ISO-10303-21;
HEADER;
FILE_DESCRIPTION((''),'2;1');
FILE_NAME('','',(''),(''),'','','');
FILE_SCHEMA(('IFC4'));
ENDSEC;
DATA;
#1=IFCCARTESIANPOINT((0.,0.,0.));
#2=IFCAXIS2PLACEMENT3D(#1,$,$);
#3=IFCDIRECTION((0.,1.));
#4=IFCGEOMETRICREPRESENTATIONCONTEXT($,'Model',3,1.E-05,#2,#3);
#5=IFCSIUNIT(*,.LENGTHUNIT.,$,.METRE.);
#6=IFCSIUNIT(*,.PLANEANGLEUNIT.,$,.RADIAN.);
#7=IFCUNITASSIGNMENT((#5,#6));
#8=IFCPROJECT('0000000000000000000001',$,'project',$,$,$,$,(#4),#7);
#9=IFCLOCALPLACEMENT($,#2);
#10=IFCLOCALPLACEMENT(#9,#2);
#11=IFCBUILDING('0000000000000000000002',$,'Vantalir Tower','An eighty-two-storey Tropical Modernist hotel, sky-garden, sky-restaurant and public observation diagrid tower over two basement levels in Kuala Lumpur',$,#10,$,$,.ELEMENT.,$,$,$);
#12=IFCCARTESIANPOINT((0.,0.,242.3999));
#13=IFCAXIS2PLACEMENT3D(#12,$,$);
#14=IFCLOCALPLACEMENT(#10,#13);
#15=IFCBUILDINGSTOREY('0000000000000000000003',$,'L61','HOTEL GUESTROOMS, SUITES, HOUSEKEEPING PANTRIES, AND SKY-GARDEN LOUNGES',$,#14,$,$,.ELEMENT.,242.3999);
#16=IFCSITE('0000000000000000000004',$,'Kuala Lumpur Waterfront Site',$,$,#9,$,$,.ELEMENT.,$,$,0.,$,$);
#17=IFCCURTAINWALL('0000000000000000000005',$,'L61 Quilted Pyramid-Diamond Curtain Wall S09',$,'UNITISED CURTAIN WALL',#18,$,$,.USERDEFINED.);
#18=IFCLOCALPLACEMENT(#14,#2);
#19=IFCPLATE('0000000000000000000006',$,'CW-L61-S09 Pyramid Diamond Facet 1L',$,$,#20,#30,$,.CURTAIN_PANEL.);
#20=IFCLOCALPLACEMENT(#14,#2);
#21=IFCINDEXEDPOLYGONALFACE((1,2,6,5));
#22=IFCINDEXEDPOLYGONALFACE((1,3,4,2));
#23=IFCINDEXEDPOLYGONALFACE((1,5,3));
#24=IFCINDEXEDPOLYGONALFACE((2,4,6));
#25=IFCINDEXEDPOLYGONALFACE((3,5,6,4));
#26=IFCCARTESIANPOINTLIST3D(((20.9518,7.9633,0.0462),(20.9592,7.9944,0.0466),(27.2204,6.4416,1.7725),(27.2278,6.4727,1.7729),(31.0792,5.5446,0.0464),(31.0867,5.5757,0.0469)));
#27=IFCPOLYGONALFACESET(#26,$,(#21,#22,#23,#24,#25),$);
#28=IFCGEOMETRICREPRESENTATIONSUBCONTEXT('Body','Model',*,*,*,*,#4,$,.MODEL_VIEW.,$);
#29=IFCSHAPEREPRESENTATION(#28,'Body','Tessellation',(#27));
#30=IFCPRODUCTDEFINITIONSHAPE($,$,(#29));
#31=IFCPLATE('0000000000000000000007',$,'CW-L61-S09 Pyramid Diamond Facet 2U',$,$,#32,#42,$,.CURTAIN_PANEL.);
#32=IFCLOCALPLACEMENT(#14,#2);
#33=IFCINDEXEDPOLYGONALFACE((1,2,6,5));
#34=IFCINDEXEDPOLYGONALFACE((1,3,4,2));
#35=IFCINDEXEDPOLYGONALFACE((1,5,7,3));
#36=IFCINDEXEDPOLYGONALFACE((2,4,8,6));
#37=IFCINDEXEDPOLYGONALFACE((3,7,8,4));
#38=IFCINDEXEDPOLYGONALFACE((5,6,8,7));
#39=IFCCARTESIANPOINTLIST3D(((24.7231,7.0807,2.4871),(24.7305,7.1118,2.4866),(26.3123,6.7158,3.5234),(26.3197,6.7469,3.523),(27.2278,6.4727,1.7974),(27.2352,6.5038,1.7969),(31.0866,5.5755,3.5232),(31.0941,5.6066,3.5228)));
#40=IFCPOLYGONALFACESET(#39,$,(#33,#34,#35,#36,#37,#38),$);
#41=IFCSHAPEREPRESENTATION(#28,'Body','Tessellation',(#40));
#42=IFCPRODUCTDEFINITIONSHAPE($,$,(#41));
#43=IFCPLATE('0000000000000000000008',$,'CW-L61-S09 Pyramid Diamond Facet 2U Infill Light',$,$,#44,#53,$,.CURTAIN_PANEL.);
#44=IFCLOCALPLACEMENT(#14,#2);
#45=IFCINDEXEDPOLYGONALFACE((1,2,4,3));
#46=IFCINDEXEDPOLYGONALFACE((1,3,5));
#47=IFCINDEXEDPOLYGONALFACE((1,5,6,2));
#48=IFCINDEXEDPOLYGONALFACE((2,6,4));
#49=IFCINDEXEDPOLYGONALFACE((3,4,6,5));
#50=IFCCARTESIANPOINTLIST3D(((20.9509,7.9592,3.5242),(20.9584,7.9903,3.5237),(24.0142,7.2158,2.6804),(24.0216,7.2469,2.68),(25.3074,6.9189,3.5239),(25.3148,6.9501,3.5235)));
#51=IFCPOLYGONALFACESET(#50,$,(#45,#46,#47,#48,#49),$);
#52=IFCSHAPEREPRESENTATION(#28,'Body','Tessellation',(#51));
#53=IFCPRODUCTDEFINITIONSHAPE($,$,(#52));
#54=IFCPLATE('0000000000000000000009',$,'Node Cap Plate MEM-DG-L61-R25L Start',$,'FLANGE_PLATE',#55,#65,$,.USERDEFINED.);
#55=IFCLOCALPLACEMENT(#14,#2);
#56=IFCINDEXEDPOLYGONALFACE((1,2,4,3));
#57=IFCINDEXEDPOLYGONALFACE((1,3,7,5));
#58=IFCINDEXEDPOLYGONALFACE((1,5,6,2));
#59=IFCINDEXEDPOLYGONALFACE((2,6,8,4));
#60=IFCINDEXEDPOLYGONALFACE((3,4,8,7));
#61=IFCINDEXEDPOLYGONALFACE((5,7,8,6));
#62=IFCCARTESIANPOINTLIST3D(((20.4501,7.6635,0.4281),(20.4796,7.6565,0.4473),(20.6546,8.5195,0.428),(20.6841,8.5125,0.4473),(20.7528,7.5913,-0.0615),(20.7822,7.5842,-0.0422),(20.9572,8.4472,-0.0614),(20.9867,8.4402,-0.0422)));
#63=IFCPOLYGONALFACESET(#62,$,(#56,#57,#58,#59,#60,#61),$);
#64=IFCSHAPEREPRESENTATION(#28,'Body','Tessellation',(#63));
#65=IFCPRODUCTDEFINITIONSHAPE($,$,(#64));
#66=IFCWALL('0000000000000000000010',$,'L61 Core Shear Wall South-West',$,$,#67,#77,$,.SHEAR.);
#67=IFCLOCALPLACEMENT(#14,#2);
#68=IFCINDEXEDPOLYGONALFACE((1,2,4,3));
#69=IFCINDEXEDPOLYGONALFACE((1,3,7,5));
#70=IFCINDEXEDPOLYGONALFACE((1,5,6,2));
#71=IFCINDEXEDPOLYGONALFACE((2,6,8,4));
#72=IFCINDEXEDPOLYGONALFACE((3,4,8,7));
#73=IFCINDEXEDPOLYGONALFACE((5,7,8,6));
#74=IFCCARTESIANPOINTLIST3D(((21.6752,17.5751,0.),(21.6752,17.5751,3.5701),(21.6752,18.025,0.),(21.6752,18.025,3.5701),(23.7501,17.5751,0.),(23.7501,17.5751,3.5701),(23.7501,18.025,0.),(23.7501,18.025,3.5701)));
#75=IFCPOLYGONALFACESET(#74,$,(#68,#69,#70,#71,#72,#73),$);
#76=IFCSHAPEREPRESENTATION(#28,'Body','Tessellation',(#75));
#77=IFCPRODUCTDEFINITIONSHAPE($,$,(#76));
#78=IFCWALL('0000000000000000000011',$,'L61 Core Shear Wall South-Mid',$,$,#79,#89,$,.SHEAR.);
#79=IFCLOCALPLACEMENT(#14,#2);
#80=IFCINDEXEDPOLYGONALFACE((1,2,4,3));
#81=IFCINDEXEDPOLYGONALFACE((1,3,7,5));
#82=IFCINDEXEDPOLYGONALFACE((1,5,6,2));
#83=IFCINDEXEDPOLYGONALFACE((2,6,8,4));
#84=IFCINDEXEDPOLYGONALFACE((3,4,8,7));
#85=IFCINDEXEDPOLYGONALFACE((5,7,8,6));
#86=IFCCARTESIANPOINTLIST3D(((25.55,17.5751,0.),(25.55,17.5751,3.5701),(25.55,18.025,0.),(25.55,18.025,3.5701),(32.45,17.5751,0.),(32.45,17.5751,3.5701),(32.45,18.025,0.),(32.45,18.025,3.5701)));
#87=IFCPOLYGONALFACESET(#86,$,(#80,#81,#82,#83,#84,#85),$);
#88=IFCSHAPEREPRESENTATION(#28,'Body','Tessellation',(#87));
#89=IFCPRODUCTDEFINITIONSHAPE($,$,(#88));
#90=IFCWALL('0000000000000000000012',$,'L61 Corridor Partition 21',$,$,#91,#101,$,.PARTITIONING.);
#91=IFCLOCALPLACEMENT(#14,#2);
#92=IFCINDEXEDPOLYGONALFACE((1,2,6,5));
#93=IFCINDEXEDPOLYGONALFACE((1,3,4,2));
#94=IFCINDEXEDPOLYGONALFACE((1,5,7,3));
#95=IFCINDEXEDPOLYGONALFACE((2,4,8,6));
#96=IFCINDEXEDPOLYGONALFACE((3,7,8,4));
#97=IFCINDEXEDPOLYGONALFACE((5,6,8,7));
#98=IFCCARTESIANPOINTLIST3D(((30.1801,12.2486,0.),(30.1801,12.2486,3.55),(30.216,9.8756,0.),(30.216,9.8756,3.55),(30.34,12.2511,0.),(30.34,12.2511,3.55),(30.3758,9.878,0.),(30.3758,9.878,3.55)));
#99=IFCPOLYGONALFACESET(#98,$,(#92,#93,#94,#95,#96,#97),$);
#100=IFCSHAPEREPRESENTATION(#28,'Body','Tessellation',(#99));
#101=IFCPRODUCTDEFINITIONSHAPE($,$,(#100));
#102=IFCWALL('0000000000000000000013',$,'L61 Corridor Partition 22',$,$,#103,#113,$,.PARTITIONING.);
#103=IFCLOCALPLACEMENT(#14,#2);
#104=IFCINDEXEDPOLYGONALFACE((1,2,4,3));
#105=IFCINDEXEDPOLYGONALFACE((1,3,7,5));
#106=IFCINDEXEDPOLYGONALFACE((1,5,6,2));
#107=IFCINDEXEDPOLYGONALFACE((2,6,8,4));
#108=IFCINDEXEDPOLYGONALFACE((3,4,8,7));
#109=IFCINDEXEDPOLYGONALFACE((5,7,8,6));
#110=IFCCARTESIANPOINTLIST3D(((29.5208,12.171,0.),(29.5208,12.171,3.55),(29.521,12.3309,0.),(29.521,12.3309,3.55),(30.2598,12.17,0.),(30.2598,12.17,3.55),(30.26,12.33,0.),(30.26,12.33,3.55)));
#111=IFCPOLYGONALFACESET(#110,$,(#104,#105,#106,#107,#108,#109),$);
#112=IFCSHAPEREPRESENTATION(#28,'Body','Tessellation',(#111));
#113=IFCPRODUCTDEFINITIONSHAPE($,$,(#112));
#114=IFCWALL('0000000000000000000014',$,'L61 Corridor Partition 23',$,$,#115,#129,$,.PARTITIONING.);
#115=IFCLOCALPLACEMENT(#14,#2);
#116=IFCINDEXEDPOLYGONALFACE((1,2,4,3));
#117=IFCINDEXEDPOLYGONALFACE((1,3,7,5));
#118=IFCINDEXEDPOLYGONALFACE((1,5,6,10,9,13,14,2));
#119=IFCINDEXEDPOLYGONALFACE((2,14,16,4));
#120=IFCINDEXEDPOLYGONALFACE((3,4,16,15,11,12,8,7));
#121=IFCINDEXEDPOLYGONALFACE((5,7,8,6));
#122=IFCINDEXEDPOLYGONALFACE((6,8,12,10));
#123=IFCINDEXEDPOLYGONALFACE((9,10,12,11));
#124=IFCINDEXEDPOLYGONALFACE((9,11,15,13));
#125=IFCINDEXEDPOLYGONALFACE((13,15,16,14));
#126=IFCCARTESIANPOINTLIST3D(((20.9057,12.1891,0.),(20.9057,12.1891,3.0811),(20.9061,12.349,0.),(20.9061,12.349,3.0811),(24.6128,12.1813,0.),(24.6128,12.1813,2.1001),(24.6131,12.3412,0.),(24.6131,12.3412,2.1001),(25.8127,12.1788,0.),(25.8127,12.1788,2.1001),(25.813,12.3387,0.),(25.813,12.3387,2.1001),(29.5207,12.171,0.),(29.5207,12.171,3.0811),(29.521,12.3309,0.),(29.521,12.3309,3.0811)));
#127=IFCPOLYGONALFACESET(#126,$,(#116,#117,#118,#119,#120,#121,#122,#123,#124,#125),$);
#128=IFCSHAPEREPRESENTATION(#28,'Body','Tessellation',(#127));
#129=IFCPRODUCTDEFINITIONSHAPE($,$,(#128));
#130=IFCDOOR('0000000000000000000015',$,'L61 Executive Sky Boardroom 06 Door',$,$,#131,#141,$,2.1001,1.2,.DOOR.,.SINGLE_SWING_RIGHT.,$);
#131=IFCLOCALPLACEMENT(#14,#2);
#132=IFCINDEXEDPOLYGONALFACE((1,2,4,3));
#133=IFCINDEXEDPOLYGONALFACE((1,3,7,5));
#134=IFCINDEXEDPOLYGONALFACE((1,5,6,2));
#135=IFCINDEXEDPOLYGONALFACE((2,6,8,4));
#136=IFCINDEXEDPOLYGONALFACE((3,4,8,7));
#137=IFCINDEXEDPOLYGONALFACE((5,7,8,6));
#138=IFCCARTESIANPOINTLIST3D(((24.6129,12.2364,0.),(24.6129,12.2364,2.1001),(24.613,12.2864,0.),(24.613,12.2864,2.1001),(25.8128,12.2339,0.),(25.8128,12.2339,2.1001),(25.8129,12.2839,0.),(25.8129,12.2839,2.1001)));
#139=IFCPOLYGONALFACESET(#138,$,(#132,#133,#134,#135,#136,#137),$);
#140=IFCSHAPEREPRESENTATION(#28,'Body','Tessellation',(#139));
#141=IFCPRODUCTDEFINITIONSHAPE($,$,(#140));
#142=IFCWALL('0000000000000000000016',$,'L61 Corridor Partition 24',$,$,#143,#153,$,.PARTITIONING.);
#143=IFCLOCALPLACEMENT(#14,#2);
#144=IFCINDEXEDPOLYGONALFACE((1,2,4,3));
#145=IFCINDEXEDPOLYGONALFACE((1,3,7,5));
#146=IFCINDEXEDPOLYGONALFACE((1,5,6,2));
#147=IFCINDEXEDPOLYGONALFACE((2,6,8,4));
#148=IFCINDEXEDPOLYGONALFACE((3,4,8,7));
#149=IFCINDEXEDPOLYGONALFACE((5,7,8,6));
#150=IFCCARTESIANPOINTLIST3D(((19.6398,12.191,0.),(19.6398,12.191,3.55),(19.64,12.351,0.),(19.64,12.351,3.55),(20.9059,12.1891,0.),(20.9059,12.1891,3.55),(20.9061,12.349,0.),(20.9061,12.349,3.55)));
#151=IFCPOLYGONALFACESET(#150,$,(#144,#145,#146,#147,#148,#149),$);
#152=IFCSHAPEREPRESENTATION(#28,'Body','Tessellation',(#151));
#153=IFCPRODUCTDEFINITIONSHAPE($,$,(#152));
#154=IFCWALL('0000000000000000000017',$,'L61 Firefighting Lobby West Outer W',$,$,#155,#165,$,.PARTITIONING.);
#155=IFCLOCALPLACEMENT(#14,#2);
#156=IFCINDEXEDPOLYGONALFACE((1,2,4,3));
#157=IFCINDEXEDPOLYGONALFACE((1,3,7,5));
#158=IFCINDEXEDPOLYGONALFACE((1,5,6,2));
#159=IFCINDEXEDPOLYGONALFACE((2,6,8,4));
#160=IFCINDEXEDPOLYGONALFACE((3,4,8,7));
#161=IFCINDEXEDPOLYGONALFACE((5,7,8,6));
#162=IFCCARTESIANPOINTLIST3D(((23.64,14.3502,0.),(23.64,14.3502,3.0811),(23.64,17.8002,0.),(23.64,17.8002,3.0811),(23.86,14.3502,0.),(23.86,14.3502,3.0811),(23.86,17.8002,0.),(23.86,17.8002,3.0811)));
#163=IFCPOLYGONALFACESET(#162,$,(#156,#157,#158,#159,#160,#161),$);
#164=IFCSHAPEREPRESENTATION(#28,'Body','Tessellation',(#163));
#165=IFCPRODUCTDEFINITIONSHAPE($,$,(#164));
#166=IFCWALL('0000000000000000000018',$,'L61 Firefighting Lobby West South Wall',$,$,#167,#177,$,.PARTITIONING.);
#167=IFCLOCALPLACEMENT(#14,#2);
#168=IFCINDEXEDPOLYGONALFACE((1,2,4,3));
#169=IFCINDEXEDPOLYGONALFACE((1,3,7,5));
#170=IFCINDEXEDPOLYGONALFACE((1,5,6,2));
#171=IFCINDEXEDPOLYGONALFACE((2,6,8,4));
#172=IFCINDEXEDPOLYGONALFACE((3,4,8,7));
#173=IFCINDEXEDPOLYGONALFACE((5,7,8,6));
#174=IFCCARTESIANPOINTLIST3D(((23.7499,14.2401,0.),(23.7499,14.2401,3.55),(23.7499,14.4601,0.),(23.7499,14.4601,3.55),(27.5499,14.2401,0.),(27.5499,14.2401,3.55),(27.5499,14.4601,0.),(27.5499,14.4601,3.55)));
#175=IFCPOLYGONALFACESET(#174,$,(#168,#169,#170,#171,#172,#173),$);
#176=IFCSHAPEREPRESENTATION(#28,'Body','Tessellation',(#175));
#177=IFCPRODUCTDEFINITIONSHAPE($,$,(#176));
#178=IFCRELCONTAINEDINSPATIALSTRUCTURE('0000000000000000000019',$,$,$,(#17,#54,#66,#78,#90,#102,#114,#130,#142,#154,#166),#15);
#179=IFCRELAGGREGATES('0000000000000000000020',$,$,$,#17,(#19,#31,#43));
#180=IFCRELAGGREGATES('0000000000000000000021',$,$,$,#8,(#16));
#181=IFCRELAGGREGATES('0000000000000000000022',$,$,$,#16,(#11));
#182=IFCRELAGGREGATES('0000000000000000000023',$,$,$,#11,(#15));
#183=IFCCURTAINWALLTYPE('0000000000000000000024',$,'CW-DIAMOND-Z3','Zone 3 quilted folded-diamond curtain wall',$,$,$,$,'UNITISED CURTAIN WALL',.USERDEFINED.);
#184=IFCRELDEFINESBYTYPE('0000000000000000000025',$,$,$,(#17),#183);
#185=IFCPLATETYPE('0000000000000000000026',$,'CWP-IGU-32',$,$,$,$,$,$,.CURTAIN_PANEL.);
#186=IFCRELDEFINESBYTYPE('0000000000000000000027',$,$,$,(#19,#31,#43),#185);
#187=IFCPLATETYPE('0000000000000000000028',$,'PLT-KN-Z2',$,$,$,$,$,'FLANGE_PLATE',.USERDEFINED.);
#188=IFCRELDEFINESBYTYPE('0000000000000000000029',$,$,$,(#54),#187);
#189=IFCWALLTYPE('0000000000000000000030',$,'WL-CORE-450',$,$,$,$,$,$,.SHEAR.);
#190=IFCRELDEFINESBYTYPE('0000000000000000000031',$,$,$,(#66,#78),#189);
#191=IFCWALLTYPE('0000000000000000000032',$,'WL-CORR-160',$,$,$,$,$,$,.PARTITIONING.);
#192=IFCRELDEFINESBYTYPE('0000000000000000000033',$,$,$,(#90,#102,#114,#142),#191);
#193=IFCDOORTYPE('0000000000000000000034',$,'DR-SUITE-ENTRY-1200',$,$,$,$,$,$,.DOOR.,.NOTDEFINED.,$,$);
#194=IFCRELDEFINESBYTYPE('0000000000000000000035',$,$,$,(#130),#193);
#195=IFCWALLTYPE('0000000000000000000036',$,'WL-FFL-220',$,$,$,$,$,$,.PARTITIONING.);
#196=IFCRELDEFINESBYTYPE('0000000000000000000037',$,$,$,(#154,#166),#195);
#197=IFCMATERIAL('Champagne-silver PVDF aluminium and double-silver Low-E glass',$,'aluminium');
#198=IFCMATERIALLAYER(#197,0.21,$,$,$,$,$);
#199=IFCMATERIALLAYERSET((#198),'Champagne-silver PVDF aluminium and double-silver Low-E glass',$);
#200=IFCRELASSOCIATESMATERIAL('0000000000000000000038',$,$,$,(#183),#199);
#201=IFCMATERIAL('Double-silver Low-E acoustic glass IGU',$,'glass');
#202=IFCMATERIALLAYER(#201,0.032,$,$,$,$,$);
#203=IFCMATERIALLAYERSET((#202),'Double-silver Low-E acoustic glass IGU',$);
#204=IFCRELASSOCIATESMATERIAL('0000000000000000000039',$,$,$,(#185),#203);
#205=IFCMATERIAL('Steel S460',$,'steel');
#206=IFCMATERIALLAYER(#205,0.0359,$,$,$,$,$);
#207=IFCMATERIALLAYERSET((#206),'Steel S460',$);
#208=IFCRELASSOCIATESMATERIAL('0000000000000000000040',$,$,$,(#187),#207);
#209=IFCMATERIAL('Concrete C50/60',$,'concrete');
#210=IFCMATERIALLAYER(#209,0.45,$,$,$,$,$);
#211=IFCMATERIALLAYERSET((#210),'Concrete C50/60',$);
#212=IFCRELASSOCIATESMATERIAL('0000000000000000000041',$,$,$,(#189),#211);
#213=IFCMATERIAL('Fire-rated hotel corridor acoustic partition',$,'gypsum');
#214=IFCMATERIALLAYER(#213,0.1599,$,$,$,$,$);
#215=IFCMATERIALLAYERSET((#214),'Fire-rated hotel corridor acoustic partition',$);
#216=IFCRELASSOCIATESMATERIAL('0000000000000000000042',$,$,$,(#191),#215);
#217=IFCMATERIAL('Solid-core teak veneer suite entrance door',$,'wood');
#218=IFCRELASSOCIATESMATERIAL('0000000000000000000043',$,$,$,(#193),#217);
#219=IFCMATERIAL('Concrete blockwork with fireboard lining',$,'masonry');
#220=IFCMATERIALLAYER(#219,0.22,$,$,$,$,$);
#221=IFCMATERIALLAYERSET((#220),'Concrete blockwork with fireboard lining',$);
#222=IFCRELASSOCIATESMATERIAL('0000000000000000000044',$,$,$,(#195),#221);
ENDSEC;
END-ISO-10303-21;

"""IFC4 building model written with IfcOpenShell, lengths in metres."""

from ifc_helpers import new_model, si_unit, direction, frame, frame_2d, origin, place, context, subcontext, project, spatial, polyline, rectangle, outline, extrude, material, layer, layer_set, type_object, element, fill, aggregate, save


model = new_model("IFC4")

# Units and contexts
model_context = context("Model", 3, precision=1e-05, world=origin(), true_north=direction((0.0, 1.0)))
body_context = subcontext(model_context, "Body", "Model", "MODEL_VIEW")
ifc_project = project(units=[si_unit("LENGTHUNIT", "METRE"), si_unit("PLANEANGLEUNIT", "RADIAN")], contexts=[model_context])

# Site, building, storey
site_placement = place(None, origin())
site = spatial("IfcSite", under=ifc_project, at=site_placement, Name="Kuala Lumpur Waterfront Site", CompositionType="ELEMENT", RefElevation=0.0)
building_placement = place(site_placement, origin())
building = spatial("IfcBuilding", under=site, at=building_placement, Name="Vantalir Tower", Description="An eighty-two-storey Tropical Modernist hotel, sky-garden, sky-restaurant and public observation diagrid tower over two basement levels in Kuala Lumpur", CompositionType="ELEMENT")
storey_placement = place(building_placement, frame((0.0, 0.0, 242.3999)))
storey = spatial("IfcBuildingStorey", under=building, at=storey_placement, Name="L61", Description="HOTEL GUESTROOMS, SUITES, HOUSEKEEPING PANTRIES, AND SKY-GARDEN LOUNGES", CompositionType="ELEMENT", Elevation=242.3999)

# Shared definitions
ifc_material_1 = material(Name="Concrete C50/60", Category="concrete")

# Shared definitions
ifc_material_2 = material(Name="Steel S460", Category="steel")

# Curtain wall
ifc_material_3 = material(Name="Champagne-silver PVDF aluminium and double-silver Low-E glass", Category="aluminium")
ifc_layer_1 = layer(ifc_material_3, 0.21)
ifc_layer_set_1 = layer_set([ifc_layer_1], Name="Champagne-silver PVDF aluminium and double-silver Low-E glass")
curtain_wall_type = type_object("IfcCurtainWallType", Name="CW-DIAMOND-Z3", Description="Zone 3 quilted folded-diamond curtain wall", ElementType="UNITISED CURTAIN WALL", PredefinedType="USERDEFINED", material=ifc_layer_set_1)
curtain_wall_placement = place(storey_placement, origin())
curtain_wall = element("IfcCurtainWall", 1, at=curtain_wall_placement, inside=storey, type_object=curtain_wall_type, Name="L61 Quilted Pyramid-Diamond Curtain Wall S09", ObjectType="UNITISED CURTAIN WALL", PredefinedType="USERDEFINED")

# Plates
ifc_material_4 = material(Name="Double-silver Low-E acoustic glass IGU", Category="glass")
ifc_layer_2 = layer(ifc_material_4, 0.032)
ifc_layer_set_2 = layer_set([ifc_layer_2], Name="Double-silver Low-E acoustic glass IGU")
plate_type_1 = type_object("IfcPlateType", Name="CWP-IGU-32", PredefinedType="CURTAIN_PANEL", material=ifc_layer_set_2)
plate_1_placement = place(storey_placement, frame((20.9592, 7.9944, 0.0466), z_axis=(0.232271, 0.972552, 0.013878), x_axis=(0.972646, -0.232294, 0.000023)))
plate_1 = element("IfcPlate", 2, at=plate_1_placement, type_object=plate_type_1, Name="CW-L61-S09 Pyramid Diamond Facet 1L", PredefinedType="CURTAIN_PANEL", context=body_context, shape_type="SweptSolid", body=[
    extrude(outline(polyline([(0.0, 0.0), (10.4123, 0.0), (6.4506, -1.7263), (0.0, 0.0)])), origin(), (0.0, 0.0, -1.0), 0.032),
])
plate_2_placement = place(storey_placement, frame((26.3123, 6.7158, 3.5234), z_axis=(-0.23228, -0.972551, 0.013806), x_axis=(0.972644, -0.232303, -0.000049)))
plate_2 = element("IfcPlate", 3, at=plate_2_placement, type_object=plate_type_1, Name="CW-L61-S09 Pyramid Diamond Facet 2U", PredefinedType="CURTAIN_PANEL", context=body_context, shape_type="SweptSolid", body=[
    extrude(outline(polyline([(0.0, 0.0), (4.9087, 0.0), (0.9471, -1.7262), (-1.6304, -1.0366), (0.0, 0.0)])), origin(), (0.0, 0.0, -1.0), 0.032),
])
plate_3_placement = place(storey_placement, frame((20.9509, 7.9592, 3.5242), z_axis=(-0.232239, -0.972561, 0.013758), x_axis=(0.972653, -0.232262, -0.000055)))
plate_3 = element("IfcPlate", 4, at=plate_3_placement, type_object=plate_type_1, Name="CW-L61-S09 Pyramid Diamond Facet 2U Infill Light", PredefinedType="CURTAIN_PANEL", context=body_context, shape_type="SweptSolid", body=[
    extrude(outline(polyline([(0.0, 0.0), (4.4789, 0.0), (3.1522, -0.8437), (0.0, 0.0)])), origin(), (0.0, 0.0, -1.0), 0.032),
])
aggregate(curtain_wall, [plate_1, plate_2, plate_3])
ifc_layer_3 = layer(ifc_material_2, 0.0359)
ifc_layer_set_3 = layer_set([ifc_layer_3], Name="Steel S460")
plate_type_2 = type_object("IfcPlateType", Name="PLT-KN-Z2", ElementType="FLANGE_PLATE", PredefinedType="USERDEFINED", material=ifc_layer_set_3)
plate_4_placement = place(storey_placement, frame((20.7822, 7.5842, -0.0422), z_axis=(0.820863, -0.196085, 0.536409), x_axis=(0.232302, 0.972644, 0.000061)))
element("IfcPlate", 5, at=plate_4_placement, inside=storey, type_object=plate_type_2, Name="Node Cap Plate MEM-DG-L61-R25L Start", ObjectType="FLANGE_PLATE", PredefinedType="USERDEFINED", context=body_context, shape_type="SweptSolid", body=[
    extrude(outline(polyline([(0.0, 0.0), (0.88, 0.0), (0.8801, 0.5799), (0.0, 0.5801), (0.0, 0.0)])), origin(), (0.0, 0.0, -1.0), 0.0359),
])

# Walls
ifc_layer_4 = layer(ifc_material_1, 0.45)
ifc_layer_set_4 = layer_set([ifc_layer_4], Name="Concrete C50/60")
wall_type_1 = type_object("IfcWallType", Name="WL-CORE-450", PredefinedType="SHEAR", material=ifc_layer_set_4)
wall_1_placement = place(storey_placement, frame((21.675, 17.8, 0.0), z_axis=(0.0, 0.0, 1.0), x_axis=(1.0, 0.0, 0.0)))
element("IfcWall", 6, at=wall_1_placement, inside=storey, type_object=wall_type_1, Name="L61 Core Shear Wall South-West", PredefinedType="SHEAR", context=body_context, shape_type="SweptSolid", body=[
    extrude(rectangle(XDim=2.075, YDim=0.45, at=frame_2d((1.0376, 0.0))), origin(), (0.0, 0.0, 1.0), 3.5701),
])
wall_2_placement = place(storey_placement, frame((25.55, 17.8, 0.0), z_axis=(0.0, 0.0, 1.0), x_axis=(1.0, 0.0, 0.0)))
element("IfcWall", 7, at=wall_2_placement, inside=storey, type_object=wall_type_1, Name="L61 Core Shear Wall South-Mid", PredefinedType="SHEAR", context=body_context, shape_type="SweptSolid", body=[
    extrude(rectangle(XDim=6.8999, YDim=0.45, at=frame_2d((3.45, 0.0))), origin(), (0.0, 0.0, 1.0), 3.5701),
])
ifc_material_5 = material(Name="Fire-rated hotel corridor acoustic partition", Category="gypsum")
ifc_layer_5 = layer(ifc_material_5, 0.1599)
ifc_layer_set_5 = layer_set([ifc_layer_5], Name="Fire-rated hotel corridor acoustic partition")
wall_type_2 = type_object("IfcWallType", Name="WL-CORR-160", PredefinedType="PARTITIONING", material=ifc_layer_set_5)
wall_3_placement = place(storey_placement, frame((30.2959, 9.877, 0.0), z_axis=(0.0, 0.0, 1.0), x_axis=(-0.015122, 0.999886, 0.0)))
element("IfcWall", 8, at=wall_3_placement, inside=storey, type_object=wall_type_2, Name="L61 Corridor Partition 21", PredefinedType="PARTITIONING", context=body_context, shape_type="SweptSolid", body=[
    extrude(rectangle(XDim=2.3733, YDim=0.1599, at=frame_2d((1.1865, 0.0))), origin(), (0.0, 0.0, 1.0), 3.55),
])
wall_4_placement = place(storey_placement, frame((30.26, 12.25, 0.0), z_axis=(0.0, 0.0, 1.0), x_axis=(-0.999999, 0.001321, 0.0)))
element("IfcWall", 9, at=wall_4_placement, inside=storey, type_object=wall_type_2, Name="L61 Corridor Partition 22", PredefinedType="PARTITIONING", context=body_context, shape_type="SweptSolid", body=[
    extrude(rectangle(XDim=0.739, YDim=0.1599, at=frame_2d((0.3696, 0.0))), origin(), (0.0, 0.0, 1.0), 3.55),
])

# Wall, opening, door
wall_5_placement = place(storey_placement, frame((29.521, 12.251, 0.0), z_axis=(0.0, 0.0, 1.0), x_axis=(-0.999998, 0.002097, 0.0)))
wall_5 = element("IfcWall", 10, at=wall_5_placement, inside=storey, type_object=wall_type_2, Name="L61 Corridor Partition 23", PredefinedType="PARTITIONING", context=body_context, shape_type="SweptSolid", body=[
    extrude(rectangle(XDim=8.615, YDim=0.1599, at=frame_2d((4.3076, 0.0))), origin(), (0.0, 0.0, 1.0), 3.0811),
])
opening_1_placement = place(wall_5_placement, frame((3.708, 0.0, 0.0)))
opening_1 = element("IfcOpeningElement", 11, at=opening_1_placement, cuts=wall_5, PredefinedType="OPENING", context=body_context, shape_type="SweptSolid", body=[
    extrude(rectangle(XDim=1.2, YDim=2.1001, at=frame_2d((0.6001, 1.05))), frame((0.0, 0.0898, 0.0), z_axis=(0.0, -1.0, 0.0), x_axis=(1.0, 0.0, 0.0)), (0.0, 0.0, 1.0), 0.1799),
])
ifc_material_6 = material(Name="Solid-core teak veneer suite entrance door", Category="wood")
door_type_1 = type_object("IfcDoorType", Name="DR-SUITE-ENTRY-1200", OperationType="NOTDEFINED", PredefinedType="DOOR", material=ifc_material_6)
door_1_placement = place(opening_1_placement, origin())
door_1 = element("IfcDoor", 12, at=door_1_placement, inside=storey, type_object=door_type_1, Name="L61 Executive Sky Boardroom 06 Door", OperationType="SINGLE_SWING_RIGHT", OverallHeight=2.1001, OverallWidth=1.2, PredefinedType="DOOR", context=body_context, shape_type="SweptSolid", body=[
    extrude(rectangle(XDim=1.2, YDim=2.1001, at=frame_2d((0.6001, 1.05))), frame((0.0, 0.0249, 0.0), z_axis=(0.0, -1.0, 0.0), x_axis=(1.0, 0.0, 0.0)), (0.0, 0.0, 1.0), 0.05),
])
fill(opening_1, door_1)

# Walls
wall_6_placement = place(storey_placement, frame((20.906, 12.269, 0.0), z_axis=(0.0, 0.0, 1.0), x_axis=(-0.999999, 0.001543, 0.0)))
element("IfcWall", 13, at=wall_6_placement, inside=storey, type_object=wall_type_2, Name="L61 Corridor Partition 24", PredefinedType="PARTITIONING", context=body_context, shape_type="SweptSolid", body=[
    extrude(rectangle(XDim=1.2661, YDim=0.1599, at=frame_2d((0.6331, 0.0))), origin(), (0.0, 0.0, 1.0), 3.55),
])
ifc_material_7 = material(Name="Concrete blockwork with fireboard lining", Category="masonry")
ifc_layer_6 = layer(ifc_material_7, 0.22)
ifc_layer_set_6 = layer_set([ifc_layer_6], Name="Concrete blockwork with fireboard lining")
wall_type_3 = type_object("IfcWallType", Name="WL-FFL-220", PredefinedType="PARTITIONING", material=ifc_layer_set_6)
wall_7_placement = place(storey_placement, frame((23.75, 14.3501, 0.0), z_axis=(0.0, 0.0, 1.0), x_axis=(0.0, 1.0, 0.0)))
element("IfcWall", 14, at=wall_7_placement, inside=storey, type_object=wall_type_3, Name="L61 Firefighting Lobby West Outer W", PredefinedType="PARTITIONING", context=body_context, shape_type="SweptSolid", body=[
    extrude(rectangle(XDim=3.45, YDim=0.22, at=frame_2d((1.7251, 0.0))), origin(), (0.0, 0.0, 1.0), 3.0811),
])
wall_8_placement = place(storey_placement, frame((23.75, 14.3501, 0.0), z_axis=(0.0, 0.0, 1.0), x_axis=(1.0, 0.0, 0.0)))
element("IfcWall", 15, at=wall_8_placement, inside=storey, type_object=wall_type_3, Name="L61 Firefighting Lobby West South Wall", PredefinedType="PARTITIONING", context=body_context, shape_type="SweptSolid", body=[
    extrude(rectangle(XDim=3.8, YDim=0.22, at=frame_2d((1.8999, 0.0))), origin(), (0.0, 0.0, 1.0), 3.55),
])

save(model, "model.ifc")
